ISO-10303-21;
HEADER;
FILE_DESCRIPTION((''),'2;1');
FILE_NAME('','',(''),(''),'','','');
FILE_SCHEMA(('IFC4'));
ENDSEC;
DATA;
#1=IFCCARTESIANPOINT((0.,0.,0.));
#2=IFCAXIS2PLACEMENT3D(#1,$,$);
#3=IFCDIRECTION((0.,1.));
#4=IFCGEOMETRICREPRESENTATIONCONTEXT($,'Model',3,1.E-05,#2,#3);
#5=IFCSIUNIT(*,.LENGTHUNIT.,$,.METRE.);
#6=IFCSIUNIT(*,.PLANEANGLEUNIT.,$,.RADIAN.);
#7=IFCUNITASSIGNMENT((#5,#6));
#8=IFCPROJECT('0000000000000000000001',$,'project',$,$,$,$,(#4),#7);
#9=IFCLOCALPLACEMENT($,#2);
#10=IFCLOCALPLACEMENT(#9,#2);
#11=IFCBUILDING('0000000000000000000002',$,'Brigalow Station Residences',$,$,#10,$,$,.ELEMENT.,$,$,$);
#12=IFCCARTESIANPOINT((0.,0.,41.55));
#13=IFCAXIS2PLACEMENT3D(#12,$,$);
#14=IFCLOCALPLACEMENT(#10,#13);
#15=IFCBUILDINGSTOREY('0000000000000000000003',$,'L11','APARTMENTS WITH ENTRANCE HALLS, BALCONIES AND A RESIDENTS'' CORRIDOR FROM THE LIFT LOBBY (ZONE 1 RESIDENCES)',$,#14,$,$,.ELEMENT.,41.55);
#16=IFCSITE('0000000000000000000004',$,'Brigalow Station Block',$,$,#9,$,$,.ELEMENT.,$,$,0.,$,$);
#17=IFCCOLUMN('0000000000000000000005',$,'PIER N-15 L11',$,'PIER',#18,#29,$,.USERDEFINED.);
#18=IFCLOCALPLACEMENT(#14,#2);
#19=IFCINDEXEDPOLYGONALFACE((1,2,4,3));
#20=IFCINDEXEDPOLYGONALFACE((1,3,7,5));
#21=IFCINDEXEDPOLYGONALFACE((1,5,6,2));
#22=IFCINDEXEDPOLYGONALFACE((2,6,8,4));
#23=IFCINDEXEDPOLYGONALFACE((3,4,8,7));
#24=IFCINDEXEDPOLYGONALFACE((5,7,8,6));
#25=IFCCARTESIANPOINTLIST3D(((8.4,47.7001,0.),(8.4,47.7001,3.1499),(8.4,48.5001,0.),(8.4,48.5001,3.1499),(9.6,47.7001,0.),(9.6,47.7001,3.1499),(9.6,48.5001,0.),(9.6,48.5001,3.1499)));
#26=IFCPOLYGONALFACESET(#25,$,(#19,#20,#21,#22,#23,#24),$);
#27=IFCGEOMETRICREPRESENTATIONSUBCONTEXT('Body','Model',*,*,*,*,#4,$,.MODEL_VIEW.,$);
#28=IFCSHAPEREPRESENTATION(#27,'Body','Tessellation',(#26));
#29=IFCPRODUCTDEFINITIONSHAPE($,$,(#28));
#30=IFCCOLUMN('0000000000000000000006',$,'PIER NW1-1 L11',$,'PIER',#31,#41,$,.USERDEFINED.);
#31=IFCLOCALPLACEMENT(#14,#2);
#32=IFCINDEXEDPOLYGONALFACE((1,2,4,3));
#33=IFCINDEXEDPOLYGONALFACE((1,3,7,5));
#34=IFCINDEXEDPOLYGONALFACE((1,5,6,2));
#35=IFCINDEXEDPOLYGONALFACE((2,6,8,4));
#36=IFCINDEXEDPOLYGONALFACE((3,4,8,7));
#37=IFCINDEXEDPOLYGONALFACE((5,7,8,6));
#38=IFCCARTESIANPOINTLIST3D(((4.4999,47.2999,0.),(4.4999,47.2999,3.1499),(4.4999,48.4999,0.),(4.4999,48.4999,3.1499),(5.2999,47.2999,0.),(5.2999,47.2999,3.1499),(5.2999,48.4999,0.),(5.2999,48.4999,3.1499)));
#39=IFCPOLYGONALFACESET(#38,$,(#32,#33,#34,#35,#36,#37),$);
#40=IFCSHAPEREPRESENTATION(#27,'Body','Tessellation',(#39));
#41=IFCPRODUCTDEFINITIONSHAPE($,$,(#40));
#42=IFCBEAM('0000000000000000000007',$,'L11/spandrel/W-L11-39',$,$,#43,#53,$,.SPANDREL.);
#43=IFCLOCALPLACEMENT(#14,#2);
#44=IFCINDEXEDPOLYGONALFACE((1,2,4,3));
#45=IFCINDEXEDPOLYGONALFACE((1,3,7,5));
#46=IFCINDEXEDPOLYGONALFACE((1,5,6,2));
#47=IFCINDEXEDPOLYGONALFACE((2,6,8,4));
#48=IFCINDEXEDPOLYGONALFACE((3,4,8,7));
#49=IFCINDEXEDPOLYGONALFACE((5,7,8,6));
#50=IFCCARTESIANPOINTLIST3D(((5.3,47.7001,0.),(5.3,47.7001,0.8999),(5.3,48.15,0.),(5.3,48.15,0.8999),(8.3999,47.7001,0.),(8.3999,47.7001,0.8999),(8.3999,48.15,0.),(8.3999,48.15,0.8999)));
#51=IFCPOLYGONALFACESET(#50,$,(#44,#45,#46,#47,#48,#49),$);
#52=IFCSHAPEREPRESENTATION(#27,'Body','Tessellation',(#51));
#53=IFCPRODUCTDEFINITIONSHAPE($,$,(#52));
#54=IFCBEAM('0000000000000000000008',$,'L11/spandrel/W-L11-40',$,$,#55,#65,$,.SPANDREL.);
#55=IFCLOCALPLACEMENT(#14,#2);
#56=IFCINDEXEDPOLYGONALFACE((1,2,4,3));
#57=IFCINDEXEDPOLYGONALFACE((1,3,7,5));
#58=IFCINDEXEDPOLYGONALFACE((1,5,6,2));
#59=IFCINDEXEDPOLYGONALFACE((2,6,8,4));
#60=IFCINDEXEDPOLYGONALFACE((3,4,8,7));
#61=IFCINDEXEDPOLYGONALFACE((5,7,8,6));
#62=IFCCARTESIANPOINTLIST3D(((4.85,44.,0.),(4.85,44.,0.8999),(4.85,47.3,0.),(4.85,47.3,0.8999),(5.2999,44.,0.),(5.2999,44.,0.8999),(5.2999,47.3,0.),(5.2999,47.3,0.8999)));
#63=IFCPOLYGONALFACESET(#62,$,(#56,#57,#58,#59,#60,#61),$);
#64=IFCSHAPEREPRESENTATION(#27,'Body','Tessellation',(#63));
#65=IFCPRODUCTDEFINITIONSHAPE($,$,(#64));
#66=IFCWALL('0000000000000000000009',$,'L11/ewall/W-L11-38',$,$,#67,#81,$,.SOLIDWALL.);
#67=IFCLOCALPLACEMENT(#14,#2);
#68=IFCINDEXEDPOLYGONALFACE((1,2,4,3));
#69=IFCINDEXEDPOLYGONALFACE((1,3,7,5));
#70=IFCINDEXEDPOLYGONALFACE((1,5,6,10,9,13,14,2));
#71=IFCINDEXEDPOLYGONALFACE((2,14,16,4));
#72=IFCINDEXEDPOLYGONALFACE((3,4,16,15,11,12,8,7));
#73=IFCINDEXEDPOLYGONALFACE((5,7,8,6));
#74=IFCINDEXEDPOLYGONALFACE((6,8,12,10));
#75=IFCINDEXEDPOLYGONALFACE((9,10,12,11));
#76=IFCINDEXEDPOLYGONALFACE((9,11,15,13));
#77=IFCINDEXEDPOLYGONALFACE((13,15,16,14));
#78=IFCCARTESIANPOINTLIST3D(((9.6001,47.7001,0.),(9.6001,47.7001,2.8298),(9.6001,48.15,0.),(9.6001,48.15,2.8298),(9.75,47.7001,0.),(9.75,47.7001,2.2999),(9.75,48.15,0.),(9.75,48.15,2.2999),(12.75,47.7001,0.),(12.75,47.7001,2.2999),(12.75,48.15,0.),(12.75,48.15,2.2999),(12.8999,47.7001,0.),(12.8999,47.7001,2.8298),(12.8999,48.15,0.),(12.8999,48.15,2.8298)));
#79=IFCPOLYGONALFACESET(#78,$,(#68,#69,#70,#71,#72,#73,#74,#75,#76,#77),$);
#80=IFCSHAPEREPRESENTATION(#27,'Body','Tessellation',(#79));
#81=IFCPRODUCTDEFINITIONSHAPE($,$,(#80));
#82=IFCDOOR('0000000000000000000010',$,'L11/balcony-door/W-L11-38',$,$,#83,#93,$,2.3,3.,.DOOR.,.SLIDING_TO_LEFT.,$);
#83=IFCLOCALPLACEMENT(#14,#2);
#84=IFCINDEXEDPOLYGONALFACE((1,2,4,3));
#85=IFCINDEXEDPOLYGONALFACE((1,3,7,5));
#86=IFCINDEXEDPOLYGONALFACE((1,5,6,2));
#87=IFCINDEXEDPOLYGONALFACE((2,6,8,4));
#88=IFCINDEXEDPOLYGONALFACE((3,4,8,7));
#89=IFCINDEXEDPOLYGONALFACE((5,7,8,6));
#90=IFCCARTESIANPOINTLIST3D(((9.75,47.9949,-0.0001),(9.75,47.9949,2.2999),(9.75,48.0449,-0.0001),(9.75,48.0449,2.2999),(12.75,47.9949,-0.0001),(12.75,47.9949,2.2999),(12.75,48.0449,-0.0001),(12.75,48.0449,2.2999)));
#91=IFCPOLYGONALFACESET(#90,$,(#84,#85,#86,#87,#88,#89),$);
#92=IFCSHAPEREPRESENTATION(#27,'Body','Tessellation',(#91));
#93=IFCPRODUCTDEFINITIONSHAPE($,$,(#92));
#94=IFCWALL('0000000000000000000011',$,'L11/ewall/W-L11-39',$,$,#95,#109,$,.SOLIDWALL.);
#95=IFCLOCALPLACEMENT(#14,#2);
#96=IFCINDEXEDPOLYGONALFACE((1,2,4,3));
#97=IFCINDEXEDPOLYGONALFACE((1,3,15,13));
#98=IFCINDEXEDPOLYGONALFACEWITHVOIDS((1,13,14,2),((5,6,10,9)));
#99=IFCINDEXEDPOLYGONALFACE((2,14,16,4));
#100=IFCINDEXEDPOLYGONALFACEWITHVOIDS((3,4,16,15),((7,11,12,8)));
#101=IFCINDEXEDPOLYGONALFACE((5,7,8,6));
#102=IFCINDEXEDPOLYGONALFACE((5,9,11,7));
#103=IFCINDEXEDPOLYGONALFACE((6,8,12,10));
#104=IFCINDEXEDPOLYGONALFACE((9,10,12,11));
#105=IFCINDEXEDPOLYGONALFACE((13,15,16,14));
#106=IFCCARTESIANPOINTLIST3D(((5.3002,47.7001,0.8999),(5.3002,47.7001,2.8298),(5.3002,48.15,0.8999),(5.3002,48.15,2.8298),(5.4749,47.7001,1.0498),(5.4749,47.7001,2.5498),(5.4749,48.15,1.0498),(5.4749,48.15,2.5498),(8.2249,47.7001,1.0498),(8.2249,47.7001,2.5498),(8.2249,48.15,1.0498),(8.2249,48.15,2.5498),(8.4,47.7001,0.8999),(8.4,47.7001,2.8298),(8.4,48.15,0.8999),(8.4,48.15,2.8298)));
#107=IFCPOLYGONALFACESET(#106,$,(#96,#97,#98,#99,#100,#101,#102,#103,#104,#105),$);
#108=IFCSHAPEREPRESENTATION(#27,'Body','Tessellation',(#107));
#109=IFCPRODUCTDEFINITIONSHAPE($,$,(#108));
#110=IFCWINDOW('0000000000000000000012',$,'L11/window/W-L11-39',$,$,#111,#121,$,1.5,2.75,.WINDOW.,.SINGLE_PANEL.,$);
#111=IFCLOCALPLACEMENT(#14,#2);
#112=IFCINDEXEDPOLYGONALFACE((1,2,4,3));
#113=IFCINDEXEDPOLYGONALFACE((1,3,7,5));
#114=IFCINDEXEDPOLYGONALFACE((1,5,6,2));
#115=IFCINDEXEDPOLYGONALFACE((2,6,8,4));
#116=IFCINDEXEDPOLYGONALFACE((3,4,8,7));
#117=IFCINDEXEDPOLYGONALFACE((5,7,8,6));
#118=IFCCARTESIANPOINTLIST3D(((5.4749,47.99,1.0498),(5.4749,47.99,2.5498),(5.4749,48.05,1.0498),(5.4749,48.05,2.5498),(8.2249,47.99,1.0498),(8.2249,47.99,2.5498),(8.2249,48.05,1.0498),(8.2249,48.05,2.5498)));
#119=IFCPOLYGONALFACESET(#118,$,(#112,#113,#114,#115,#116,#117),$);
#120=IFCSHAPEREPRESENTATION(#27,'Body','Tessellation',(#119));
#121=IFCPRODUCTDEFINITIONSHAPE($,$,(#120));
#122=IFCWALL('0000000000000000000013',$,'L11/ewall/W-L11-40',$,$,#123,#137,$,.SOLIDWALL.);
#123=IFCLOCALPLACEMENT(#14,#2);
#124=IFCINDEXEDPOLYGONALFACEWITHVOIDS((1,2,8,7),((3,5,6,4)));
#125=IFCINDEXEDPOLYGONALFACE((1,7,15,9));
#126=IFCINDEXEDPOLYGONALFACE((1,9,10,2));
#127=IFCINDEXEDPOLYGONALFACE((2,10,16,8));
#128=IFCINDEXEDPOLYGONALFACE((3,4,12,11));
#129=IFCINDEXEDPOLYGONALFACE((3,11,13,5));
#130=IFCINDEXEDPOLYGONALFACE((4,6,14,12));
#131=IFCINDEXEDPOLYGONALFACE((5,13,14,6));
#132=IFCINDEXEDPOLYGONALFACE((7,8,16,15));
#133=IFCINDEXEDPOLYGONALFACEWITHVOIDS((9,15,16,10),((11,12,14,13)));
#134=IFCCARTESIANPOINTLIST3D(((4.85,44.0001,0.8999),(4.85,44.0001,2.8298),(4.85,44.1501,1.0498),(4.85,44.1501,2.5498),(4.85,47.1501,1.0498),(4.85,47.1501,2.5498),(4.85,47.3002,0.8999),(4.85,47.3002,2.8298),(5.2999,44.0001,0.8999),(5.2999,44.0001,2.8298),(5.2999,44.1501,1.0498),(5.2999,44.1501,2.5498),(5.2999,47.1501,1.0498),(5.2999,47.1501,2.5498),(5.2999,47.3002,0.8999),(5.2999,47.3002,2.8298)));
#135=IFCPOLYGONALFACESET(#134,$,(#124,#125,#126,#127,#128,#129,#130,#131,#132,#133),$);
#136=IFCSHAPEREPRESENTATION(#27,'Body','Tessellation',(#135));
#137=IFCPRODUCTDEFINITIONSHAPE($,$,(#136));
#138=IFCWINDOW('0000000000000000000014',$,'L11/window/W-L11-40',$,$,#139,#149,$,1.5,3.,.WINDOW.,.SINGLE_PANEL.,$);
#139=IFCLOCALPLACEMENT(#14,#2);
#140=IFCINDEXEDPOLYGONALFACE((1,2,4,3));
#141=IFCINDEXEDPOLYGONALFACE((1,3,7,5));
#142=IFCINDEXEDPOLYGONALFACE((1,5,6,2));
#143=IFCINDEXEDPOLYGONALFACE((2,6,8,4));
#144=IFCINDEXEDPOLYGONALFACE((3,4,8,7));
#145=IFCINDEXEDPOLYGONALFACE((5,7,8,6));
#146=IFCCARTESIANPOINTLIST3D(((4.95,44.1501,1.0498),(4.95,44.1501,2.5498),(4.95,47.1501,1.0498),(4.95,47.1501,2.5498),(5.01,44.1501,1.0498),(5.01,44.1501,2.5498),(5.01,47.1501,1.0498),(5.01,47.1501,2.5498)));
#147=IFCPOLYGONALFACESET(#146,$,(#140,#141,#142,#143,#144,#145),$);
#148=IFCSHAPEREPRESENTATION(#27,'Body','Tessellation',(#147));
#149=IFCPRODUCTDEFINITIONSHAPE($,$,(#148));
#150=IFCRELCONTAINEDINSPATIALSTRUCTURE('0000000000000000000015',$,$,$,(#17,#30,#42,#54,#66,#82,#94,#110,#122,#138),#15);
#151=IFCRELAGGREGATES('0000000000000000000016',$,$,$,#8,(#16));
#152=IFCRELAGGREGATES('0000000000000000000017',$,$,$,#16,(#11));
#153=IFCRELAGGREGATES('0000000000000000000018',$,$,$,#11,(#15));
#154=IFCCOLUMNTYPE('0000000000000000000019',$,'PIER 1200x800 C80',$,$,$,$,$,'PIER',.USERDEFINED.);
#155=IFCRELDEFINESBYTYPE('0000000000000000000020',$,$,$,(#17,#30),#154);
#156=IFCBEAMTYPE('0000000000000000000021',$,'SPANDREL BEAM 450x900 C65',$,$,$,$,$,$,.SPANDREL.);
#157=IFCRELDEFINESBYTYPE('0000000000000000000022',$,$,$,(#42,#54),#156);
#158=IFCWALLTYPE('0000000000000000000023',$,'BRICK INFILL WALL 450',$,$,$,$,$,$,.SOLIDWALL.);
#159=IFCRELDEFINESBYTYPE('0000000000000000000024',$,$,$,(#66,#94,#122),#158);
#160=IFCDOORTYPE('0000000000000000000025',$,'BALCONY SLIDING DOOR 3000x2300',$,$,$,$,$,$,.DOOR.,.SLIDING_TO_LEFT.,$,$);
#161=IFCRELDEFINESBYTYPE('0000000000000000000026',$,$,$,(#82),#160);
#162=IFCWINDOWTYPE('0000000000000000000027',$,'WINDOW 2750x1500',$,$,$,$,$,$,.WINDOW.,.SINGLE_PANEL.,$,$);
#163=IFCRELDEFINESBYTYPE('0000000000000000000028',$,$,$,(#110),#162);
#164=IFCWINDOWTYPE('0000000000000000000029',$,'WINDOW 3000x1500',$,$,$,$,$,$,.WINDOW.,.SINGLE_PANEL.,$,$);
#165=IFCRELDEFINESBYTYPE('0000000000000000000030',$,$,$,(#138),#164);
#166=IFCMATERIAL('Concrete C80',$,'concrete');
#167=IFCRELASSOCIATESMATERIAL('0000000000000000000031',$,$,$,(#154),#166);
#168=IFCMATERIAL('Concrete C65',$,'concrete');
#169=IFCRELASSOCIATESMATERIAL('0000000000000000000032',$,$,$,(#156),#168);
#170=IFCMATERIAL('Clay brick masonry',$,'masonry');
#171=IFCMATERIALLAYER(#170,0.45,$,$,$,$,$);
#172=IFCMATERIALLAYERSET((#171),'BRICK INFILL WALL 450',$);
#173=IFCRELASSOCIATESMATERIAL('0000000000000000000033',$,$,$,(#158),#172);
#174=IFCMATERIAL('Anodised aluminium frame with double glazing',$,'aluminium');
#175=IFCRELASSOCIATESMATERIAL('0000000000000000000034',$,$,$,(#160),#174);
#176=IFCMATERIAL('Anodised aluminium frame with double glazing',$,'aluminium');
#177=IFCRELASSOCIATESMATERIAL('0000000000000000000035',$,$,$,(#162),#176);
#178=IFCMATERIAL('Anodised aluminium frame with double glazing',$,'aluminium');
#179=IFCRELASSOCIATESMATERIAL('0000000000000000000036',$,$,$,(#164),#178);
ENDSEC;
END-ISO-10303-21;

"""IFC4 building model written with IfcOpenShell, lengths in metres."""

from ifc_helpers import new_model, si_unit, direction, frame, frame_2d, origin, origin_2d, place, context, subcontext, project, spatial, rectangle, extrude, material, layer, layer_set, material_profile, profile_set, type_object, element, fill, save


model = new_model("IFC4")

# Units and contexts
model_context = context("Model", 3, precision=1e-05, world=origin(), true_north=direction((0.0, 1.0)))
body_context = subcontext(model_context, "Body", "Model", "MODEL_VIEW")
ifc_project = project(units=[si_unit("LENGTHUNIT", "METRE"), si_unit("PLANEANGLEUNIT", "RADIAN")], contexts=[model_context])

# Site, building, storey
site_placement = place(None, origin())
site = spatial("IfcSite", under=ifc_project, at=site_placement, Name="Brigalow Station Block", CompositionType="ELEMENT", RefElevation=0.0)
building_placement = place(site_placement, origin())
building = spatial("IfcBuilding", under=site, at=building_placement, Name="Brigalow Station Residences", CompositionType="ELEMENT")
storey_placement = place(building_placement, frame((0.0, 0.0, 41.55)))
storey = spatial("IfcBuildingStorey", under=building, at=storey_placement, Name="L11", Description="APARTMENTS WITH ENTRANCE HALLS, BALCONIES AND A RESIDENTS' CORRIDOR FROM THE LIFT LOBBY (ZONE 1 RESIDENCES)", CompositionType="ELEMENT", Elevation=41.55)

# Columns
ifc_material_1 = material(Name="Concrete C80", Category="concrete")
ifc_material_profile_1 = material_profile(ifc_material_1, rectangle(XDim=1.2, YDim=0.8, at=origin_2d()), Name="RC1200x800")
ifc_profile_set_1 = profile_set([ifc_material_profile_1], Name="Concrete C80")
column_type = type_object("IfcColumnType", Name="PIER 1200x800 C80", ElementType="PIER", PredefinedType="USERDEFINED", material=ifc_profile_set_1)
for number, where, z_axis, x_axis, name in (
    (1, (9.0, 48.1001, 0.0), (0.0, 0.0, 1.0), (-1.0, 0.0, 0.0), "PIER N-15 L11"),
    (2, (4.8999, 47.8999, 0.0), (0.0, 0.0, 1.0), (0.0, -1.0, 0.0), "PIER NW1-1 L11"),
):
    element("IfcColumn", number, at=place(storey_placement, frame(where, z_axis=z_axis, x_axis=x_axis)), inside=storey, type_object=column_type, Name=name, ObjectType="PIER", PredefinedType="USERDEFINED", context=body_context, shape_type="SweptSolid", body=[
        extrude(rectangle(XDim=1.2, YDim=0.8, at=origin_2d()), origin(), (0.0, 0.0, 1.0), 3.1499),
    ])

# Beams
ifc_material_2 = material(Name="Concrete C65", Category="concrete")
ifc_material_profile_2 = material_profile(ifc_material_2, rectangle(XDim=0.45, YDim=0.8999, at=origin_2d()), Name="RC450x900")
ifc_profile_set_2 = profile_set([ifc_material_profile_2], Name="Concrete C65")
beam_type = type_object("IfcBeamType", Name="SPANDREL BEAM 450x900 C65", PredefinedType="SPANDREL", material=ifc_profile_set_2)
beam_1_placement = place(storey_placement, frame((8.3999, 47.925, 0.45), z_axis=(-1.0, 0.0, 0.0), x_axis=(0.0, -1.0, 0.0)))
element("IfcBeam", 3, at=beam_1_placement, inside=storey, type_object=beam_type, Name="L11/spandrel/W-L11-39", PredefinedType="SPANDREL", context=body_context, shape_type="SweptSolid", body=[
    extrude(rectangle(XDim=0.45, YDim=0.8999, at=origin_2d()), origin(), (0.0, 0.0, 1.0), 3.0999),
])
beam_2_placement = place(storey_placement, frame((5.075, 47.3, 0.45), z_axis=(0.0, -1.0, 0.0), x_axis=(1.0, 0.0, 0.0)))
element("IfcBeam", 4, at=beam_2_placement, inside=storey, type_object=beam_type, Name="L11/spandrel/W-L11-40", PredefinedType="SPANDREL", context=body_context, shape_type="SweptSolid", body=[
    extrude(rectangle(XDim=0.45, YDim=0.8999, at=origin_2d()), origin(), (0.0, 0.0, 1.0), 3.3),
])

# Wall, opening, door
ifc_material_3 = material(Name="Clay brick masonry", Category="masonry")
ifc_layer_1 = layer(ifc_material_3, 0.45)
ifc_layer_set_1 = layer_set([ifc_layer_1], Name="BRICK INFILL WALL 450")
wall_type_1 = type_object("IfcWallType", Name="BRICK INFILL WALL 450", PredefinedType="SOLIDWALL", material=ifc_layer_set_1)
wall_1_placement = place(storey_placement, frame((12.8999, 47.925, 0.0), z_axis=(0.0, 0.0, 1.0), x_axis=(-1.0, 0.0, 0.0)))
wall_1 = element("IfcWall", 5, at=wall_1_placement, inside=storey, type_object=wall_type_1, Name="L11/ewall/W-L11-38", PredefinedType="SOLIDWALL", context=body_context, shape_type="SweptSolid", body=[
    extrude(rectangle(XDim=3.2998, YDim=0.45, at=frame_2d((1.6499, 0.0))), origin(), (0.0, 0.0, 1.0), 2.8298),
])
opening_1_placement = place(wall_1_placement, frame((0.1499, 0.0, 0.0)))
opening_1 = element("IfcOpeningElement", 6, at=opening_1_placement, cuts=wall_1, PredefinedType="OPENING", context=body_context, shape_type="SweptSolid", body=[
    extrude(rectangle(XDim=3.0, YDim=2.3, at=frame_2d((1.5, 1.1499))), frame((0.0, 0.2349, 0.0), z_axis=(0.0, -1.0, 0.0), x_axis=(1.0, 0.0, 0.0)), (0.0, 0.0, 1.0), 0.47),
])
ifc_material_4 = material(Name="Anodised aluminium frame with double glazing", Category="aluminium")
door_type_1 = type_object("IfcDoorType", Name="BALCONY SLIDING DOOR 3000x2300", OperationType="SLIDING_TO_LEFT", PredefinedType="DOOR", material=ifc_material_4)
door_1_placement = place(opening_1_placement, origin())
door_1 = element("IfcDoor", 7, at=door_1_placement, inside=storey, type_object=door_type_1, Name="L11/balcony-door/W-L11-38", OperationType="SLIDING_TO_LEFT", OverallHeight=2.3, OverallWidth=3.0, PredefinedType="DOOR", context=body_context, shape_type="SweptSolid", body=[
    extrude(rectangle(XDim=3.0, YDim=2.3, at=frame_2d((1.5, 1.1499))), frame((0.0, -0.0698, 0.0), z_axis=(0.0, -1.0, 0.0), x_axis=(1.0, 0.0, 0.0)), (0.0, 0.0, 1.0), 0.05),
])
fill(opening_1, door_1)

# Walls, openings, windows
wall_2_placement = place(storey_placement, frame((8.3999, 47.925, 0.8999), z_axis=(0.0, 0.0, 1.0), x_axis=(-1.0, 0.0, 0.0)))
wall_2 = element("IfcWall", 8, at=wall_2_placement, inside=storey, type_object=wall_type_1, Name="L11/ewall/W-L11-39", PredefinedType="SOLIDWALL", context=body_context, shape_type="SweptSolid", body=[
    extrude(rectangle(XDim=3.0999, YDim=0.45, at=frame_2d((1.5498, 0.0))), origin(), (0.0, 0.0, 1.0), 1.9299),
])
opening_2_placement = place(wall_2_placement, frame((0.175, 0.0, 0.1499)))
opening_2 = element("IfcOpeningElement", 9, at=opening_2_placement, cuts=wall_2, PredefinedType="OPENING", context=body_context, shape_type="SweptSolid", body=[
    extrude(rectangle(XDim=2.75, YDim=1.5, at=frame_2d((1.375, 0.75))), frame((0.0, 0.2349, 0.0), z_axis=(0.0, -1.0, 0.0), x_axis=(1.0, 0.0, 0.0)), (0.0, 0.0, 1.0), 0.47),
])
ifc_material_5 = material(Name="Anodised aluminium frame with double glazing", Category="aluminium")
window_type_1 = type_object("IfcWindowType", Name="WINDOW 2750x1500", PartitioningType="SINGLE_PANEL", PredefinedType="WINDOW", material=ifc_material_5)
window_1_placement = place(opening_2_placement, origin())
window_1 = element("IfcWindow", 10, at=window_1_placement, inside=storey, type_object=window_type_1, Name="L11/window/W-L11-39", OverallHeight=1.5, OverallWidth=2.75, PartitioningType="SINGLE_PANEL", PredefinedType="WINDOW", context=body_context, shape_type="SweptSolid", body=[
    extrude(rectangle(XDim=2.75, YDim=1.5, at=frame_2d((1.375, 0.75))), frame((0.0, -0.0649, 0.0), z_axis=(0.0, -1.0, 0.0), x_axis=(1.0, 0.0, 0.0)), (0.0, 0.0, 1.0), 0.0601),
])
fill(opening_2, window_1)
wall_3_placement = place(storey_placement, frame((5.075, 47.3, 0.8999), z_axis=(0.0, 0.0, 1.0), x_axis=(0.0, -1.0, 0.0)))
wall_3 = element("IfcWall", 11, at=wall_3_placement, inside=storey, type_object=wall_type_1, Name="L11/ewall/W-L11-40", PredefinedType="SOLIDWALL", context=body_context, shape_type="SweptSolid", body=[
    extrude(rectangle(XDim=3.3, YDim=0.45, at=frame_2d((1.6499, 0.0))), origin(), (0.0, 0.0, 1.0), 1.9299),
])
opening_3_placement = place(wall_3_placement, frame((0.1499, 0.0, 0.1499)))
opening_3 = element("IfcOpeningElement", 12, at=opening_3_placement, cuts=wall_3, PredefinedType="OPENING", context=body_context, shape_type="SweptSolid", body=[
    extrude(rectangle(XDim=3.0, YDim=1.5, at=frame_2d((1.5, 0.75))), frame((0.0, 0.2349, 0.0), z_axis=(0.0, -1.0, 0.0), x_axis=(1.0, 0.0, 0.0)), (0.0, 0.0, 1.0), 0.47),
])
ifc_material_6 = material(Name="Anodised aluminium frame with double glazing", Category="aluminium")
window_type_2 = type_object("IfcWindowType", Name="WINDOW 3000x1500", PartitioningType="SINGLE_PANEL", PredefinedType="WINDOW", material=ifc_material_6)
window_2_placement = place(opening_3_placement, origin())
window_2 = element("IfcWindow", 13, at=window_2_placement, inside=storey, type_object=window_type_2, Name="L11/window/W-L11-40", OverallHeight=1.5, OverallWidth=3.0, PartitioningType="SINGLE_PANEL", PredefinedType="WINDOW", context=body_context, shape_type="SweptSolid", body=[
    extrude(rectangle(XDim=3.0, YDim=1.5, at=frame_2d((1.5, 0.75))), frame((0.0, -0.0649, 0.0), z_axis=(0.0, -1.0, 0.0), x_axis=(1.0, 0.0, 0.0)), (0.0, 0.0, 1.0), 0.0601),
])
fill(opening_3, window_2)

save(model, "model.ifc")
